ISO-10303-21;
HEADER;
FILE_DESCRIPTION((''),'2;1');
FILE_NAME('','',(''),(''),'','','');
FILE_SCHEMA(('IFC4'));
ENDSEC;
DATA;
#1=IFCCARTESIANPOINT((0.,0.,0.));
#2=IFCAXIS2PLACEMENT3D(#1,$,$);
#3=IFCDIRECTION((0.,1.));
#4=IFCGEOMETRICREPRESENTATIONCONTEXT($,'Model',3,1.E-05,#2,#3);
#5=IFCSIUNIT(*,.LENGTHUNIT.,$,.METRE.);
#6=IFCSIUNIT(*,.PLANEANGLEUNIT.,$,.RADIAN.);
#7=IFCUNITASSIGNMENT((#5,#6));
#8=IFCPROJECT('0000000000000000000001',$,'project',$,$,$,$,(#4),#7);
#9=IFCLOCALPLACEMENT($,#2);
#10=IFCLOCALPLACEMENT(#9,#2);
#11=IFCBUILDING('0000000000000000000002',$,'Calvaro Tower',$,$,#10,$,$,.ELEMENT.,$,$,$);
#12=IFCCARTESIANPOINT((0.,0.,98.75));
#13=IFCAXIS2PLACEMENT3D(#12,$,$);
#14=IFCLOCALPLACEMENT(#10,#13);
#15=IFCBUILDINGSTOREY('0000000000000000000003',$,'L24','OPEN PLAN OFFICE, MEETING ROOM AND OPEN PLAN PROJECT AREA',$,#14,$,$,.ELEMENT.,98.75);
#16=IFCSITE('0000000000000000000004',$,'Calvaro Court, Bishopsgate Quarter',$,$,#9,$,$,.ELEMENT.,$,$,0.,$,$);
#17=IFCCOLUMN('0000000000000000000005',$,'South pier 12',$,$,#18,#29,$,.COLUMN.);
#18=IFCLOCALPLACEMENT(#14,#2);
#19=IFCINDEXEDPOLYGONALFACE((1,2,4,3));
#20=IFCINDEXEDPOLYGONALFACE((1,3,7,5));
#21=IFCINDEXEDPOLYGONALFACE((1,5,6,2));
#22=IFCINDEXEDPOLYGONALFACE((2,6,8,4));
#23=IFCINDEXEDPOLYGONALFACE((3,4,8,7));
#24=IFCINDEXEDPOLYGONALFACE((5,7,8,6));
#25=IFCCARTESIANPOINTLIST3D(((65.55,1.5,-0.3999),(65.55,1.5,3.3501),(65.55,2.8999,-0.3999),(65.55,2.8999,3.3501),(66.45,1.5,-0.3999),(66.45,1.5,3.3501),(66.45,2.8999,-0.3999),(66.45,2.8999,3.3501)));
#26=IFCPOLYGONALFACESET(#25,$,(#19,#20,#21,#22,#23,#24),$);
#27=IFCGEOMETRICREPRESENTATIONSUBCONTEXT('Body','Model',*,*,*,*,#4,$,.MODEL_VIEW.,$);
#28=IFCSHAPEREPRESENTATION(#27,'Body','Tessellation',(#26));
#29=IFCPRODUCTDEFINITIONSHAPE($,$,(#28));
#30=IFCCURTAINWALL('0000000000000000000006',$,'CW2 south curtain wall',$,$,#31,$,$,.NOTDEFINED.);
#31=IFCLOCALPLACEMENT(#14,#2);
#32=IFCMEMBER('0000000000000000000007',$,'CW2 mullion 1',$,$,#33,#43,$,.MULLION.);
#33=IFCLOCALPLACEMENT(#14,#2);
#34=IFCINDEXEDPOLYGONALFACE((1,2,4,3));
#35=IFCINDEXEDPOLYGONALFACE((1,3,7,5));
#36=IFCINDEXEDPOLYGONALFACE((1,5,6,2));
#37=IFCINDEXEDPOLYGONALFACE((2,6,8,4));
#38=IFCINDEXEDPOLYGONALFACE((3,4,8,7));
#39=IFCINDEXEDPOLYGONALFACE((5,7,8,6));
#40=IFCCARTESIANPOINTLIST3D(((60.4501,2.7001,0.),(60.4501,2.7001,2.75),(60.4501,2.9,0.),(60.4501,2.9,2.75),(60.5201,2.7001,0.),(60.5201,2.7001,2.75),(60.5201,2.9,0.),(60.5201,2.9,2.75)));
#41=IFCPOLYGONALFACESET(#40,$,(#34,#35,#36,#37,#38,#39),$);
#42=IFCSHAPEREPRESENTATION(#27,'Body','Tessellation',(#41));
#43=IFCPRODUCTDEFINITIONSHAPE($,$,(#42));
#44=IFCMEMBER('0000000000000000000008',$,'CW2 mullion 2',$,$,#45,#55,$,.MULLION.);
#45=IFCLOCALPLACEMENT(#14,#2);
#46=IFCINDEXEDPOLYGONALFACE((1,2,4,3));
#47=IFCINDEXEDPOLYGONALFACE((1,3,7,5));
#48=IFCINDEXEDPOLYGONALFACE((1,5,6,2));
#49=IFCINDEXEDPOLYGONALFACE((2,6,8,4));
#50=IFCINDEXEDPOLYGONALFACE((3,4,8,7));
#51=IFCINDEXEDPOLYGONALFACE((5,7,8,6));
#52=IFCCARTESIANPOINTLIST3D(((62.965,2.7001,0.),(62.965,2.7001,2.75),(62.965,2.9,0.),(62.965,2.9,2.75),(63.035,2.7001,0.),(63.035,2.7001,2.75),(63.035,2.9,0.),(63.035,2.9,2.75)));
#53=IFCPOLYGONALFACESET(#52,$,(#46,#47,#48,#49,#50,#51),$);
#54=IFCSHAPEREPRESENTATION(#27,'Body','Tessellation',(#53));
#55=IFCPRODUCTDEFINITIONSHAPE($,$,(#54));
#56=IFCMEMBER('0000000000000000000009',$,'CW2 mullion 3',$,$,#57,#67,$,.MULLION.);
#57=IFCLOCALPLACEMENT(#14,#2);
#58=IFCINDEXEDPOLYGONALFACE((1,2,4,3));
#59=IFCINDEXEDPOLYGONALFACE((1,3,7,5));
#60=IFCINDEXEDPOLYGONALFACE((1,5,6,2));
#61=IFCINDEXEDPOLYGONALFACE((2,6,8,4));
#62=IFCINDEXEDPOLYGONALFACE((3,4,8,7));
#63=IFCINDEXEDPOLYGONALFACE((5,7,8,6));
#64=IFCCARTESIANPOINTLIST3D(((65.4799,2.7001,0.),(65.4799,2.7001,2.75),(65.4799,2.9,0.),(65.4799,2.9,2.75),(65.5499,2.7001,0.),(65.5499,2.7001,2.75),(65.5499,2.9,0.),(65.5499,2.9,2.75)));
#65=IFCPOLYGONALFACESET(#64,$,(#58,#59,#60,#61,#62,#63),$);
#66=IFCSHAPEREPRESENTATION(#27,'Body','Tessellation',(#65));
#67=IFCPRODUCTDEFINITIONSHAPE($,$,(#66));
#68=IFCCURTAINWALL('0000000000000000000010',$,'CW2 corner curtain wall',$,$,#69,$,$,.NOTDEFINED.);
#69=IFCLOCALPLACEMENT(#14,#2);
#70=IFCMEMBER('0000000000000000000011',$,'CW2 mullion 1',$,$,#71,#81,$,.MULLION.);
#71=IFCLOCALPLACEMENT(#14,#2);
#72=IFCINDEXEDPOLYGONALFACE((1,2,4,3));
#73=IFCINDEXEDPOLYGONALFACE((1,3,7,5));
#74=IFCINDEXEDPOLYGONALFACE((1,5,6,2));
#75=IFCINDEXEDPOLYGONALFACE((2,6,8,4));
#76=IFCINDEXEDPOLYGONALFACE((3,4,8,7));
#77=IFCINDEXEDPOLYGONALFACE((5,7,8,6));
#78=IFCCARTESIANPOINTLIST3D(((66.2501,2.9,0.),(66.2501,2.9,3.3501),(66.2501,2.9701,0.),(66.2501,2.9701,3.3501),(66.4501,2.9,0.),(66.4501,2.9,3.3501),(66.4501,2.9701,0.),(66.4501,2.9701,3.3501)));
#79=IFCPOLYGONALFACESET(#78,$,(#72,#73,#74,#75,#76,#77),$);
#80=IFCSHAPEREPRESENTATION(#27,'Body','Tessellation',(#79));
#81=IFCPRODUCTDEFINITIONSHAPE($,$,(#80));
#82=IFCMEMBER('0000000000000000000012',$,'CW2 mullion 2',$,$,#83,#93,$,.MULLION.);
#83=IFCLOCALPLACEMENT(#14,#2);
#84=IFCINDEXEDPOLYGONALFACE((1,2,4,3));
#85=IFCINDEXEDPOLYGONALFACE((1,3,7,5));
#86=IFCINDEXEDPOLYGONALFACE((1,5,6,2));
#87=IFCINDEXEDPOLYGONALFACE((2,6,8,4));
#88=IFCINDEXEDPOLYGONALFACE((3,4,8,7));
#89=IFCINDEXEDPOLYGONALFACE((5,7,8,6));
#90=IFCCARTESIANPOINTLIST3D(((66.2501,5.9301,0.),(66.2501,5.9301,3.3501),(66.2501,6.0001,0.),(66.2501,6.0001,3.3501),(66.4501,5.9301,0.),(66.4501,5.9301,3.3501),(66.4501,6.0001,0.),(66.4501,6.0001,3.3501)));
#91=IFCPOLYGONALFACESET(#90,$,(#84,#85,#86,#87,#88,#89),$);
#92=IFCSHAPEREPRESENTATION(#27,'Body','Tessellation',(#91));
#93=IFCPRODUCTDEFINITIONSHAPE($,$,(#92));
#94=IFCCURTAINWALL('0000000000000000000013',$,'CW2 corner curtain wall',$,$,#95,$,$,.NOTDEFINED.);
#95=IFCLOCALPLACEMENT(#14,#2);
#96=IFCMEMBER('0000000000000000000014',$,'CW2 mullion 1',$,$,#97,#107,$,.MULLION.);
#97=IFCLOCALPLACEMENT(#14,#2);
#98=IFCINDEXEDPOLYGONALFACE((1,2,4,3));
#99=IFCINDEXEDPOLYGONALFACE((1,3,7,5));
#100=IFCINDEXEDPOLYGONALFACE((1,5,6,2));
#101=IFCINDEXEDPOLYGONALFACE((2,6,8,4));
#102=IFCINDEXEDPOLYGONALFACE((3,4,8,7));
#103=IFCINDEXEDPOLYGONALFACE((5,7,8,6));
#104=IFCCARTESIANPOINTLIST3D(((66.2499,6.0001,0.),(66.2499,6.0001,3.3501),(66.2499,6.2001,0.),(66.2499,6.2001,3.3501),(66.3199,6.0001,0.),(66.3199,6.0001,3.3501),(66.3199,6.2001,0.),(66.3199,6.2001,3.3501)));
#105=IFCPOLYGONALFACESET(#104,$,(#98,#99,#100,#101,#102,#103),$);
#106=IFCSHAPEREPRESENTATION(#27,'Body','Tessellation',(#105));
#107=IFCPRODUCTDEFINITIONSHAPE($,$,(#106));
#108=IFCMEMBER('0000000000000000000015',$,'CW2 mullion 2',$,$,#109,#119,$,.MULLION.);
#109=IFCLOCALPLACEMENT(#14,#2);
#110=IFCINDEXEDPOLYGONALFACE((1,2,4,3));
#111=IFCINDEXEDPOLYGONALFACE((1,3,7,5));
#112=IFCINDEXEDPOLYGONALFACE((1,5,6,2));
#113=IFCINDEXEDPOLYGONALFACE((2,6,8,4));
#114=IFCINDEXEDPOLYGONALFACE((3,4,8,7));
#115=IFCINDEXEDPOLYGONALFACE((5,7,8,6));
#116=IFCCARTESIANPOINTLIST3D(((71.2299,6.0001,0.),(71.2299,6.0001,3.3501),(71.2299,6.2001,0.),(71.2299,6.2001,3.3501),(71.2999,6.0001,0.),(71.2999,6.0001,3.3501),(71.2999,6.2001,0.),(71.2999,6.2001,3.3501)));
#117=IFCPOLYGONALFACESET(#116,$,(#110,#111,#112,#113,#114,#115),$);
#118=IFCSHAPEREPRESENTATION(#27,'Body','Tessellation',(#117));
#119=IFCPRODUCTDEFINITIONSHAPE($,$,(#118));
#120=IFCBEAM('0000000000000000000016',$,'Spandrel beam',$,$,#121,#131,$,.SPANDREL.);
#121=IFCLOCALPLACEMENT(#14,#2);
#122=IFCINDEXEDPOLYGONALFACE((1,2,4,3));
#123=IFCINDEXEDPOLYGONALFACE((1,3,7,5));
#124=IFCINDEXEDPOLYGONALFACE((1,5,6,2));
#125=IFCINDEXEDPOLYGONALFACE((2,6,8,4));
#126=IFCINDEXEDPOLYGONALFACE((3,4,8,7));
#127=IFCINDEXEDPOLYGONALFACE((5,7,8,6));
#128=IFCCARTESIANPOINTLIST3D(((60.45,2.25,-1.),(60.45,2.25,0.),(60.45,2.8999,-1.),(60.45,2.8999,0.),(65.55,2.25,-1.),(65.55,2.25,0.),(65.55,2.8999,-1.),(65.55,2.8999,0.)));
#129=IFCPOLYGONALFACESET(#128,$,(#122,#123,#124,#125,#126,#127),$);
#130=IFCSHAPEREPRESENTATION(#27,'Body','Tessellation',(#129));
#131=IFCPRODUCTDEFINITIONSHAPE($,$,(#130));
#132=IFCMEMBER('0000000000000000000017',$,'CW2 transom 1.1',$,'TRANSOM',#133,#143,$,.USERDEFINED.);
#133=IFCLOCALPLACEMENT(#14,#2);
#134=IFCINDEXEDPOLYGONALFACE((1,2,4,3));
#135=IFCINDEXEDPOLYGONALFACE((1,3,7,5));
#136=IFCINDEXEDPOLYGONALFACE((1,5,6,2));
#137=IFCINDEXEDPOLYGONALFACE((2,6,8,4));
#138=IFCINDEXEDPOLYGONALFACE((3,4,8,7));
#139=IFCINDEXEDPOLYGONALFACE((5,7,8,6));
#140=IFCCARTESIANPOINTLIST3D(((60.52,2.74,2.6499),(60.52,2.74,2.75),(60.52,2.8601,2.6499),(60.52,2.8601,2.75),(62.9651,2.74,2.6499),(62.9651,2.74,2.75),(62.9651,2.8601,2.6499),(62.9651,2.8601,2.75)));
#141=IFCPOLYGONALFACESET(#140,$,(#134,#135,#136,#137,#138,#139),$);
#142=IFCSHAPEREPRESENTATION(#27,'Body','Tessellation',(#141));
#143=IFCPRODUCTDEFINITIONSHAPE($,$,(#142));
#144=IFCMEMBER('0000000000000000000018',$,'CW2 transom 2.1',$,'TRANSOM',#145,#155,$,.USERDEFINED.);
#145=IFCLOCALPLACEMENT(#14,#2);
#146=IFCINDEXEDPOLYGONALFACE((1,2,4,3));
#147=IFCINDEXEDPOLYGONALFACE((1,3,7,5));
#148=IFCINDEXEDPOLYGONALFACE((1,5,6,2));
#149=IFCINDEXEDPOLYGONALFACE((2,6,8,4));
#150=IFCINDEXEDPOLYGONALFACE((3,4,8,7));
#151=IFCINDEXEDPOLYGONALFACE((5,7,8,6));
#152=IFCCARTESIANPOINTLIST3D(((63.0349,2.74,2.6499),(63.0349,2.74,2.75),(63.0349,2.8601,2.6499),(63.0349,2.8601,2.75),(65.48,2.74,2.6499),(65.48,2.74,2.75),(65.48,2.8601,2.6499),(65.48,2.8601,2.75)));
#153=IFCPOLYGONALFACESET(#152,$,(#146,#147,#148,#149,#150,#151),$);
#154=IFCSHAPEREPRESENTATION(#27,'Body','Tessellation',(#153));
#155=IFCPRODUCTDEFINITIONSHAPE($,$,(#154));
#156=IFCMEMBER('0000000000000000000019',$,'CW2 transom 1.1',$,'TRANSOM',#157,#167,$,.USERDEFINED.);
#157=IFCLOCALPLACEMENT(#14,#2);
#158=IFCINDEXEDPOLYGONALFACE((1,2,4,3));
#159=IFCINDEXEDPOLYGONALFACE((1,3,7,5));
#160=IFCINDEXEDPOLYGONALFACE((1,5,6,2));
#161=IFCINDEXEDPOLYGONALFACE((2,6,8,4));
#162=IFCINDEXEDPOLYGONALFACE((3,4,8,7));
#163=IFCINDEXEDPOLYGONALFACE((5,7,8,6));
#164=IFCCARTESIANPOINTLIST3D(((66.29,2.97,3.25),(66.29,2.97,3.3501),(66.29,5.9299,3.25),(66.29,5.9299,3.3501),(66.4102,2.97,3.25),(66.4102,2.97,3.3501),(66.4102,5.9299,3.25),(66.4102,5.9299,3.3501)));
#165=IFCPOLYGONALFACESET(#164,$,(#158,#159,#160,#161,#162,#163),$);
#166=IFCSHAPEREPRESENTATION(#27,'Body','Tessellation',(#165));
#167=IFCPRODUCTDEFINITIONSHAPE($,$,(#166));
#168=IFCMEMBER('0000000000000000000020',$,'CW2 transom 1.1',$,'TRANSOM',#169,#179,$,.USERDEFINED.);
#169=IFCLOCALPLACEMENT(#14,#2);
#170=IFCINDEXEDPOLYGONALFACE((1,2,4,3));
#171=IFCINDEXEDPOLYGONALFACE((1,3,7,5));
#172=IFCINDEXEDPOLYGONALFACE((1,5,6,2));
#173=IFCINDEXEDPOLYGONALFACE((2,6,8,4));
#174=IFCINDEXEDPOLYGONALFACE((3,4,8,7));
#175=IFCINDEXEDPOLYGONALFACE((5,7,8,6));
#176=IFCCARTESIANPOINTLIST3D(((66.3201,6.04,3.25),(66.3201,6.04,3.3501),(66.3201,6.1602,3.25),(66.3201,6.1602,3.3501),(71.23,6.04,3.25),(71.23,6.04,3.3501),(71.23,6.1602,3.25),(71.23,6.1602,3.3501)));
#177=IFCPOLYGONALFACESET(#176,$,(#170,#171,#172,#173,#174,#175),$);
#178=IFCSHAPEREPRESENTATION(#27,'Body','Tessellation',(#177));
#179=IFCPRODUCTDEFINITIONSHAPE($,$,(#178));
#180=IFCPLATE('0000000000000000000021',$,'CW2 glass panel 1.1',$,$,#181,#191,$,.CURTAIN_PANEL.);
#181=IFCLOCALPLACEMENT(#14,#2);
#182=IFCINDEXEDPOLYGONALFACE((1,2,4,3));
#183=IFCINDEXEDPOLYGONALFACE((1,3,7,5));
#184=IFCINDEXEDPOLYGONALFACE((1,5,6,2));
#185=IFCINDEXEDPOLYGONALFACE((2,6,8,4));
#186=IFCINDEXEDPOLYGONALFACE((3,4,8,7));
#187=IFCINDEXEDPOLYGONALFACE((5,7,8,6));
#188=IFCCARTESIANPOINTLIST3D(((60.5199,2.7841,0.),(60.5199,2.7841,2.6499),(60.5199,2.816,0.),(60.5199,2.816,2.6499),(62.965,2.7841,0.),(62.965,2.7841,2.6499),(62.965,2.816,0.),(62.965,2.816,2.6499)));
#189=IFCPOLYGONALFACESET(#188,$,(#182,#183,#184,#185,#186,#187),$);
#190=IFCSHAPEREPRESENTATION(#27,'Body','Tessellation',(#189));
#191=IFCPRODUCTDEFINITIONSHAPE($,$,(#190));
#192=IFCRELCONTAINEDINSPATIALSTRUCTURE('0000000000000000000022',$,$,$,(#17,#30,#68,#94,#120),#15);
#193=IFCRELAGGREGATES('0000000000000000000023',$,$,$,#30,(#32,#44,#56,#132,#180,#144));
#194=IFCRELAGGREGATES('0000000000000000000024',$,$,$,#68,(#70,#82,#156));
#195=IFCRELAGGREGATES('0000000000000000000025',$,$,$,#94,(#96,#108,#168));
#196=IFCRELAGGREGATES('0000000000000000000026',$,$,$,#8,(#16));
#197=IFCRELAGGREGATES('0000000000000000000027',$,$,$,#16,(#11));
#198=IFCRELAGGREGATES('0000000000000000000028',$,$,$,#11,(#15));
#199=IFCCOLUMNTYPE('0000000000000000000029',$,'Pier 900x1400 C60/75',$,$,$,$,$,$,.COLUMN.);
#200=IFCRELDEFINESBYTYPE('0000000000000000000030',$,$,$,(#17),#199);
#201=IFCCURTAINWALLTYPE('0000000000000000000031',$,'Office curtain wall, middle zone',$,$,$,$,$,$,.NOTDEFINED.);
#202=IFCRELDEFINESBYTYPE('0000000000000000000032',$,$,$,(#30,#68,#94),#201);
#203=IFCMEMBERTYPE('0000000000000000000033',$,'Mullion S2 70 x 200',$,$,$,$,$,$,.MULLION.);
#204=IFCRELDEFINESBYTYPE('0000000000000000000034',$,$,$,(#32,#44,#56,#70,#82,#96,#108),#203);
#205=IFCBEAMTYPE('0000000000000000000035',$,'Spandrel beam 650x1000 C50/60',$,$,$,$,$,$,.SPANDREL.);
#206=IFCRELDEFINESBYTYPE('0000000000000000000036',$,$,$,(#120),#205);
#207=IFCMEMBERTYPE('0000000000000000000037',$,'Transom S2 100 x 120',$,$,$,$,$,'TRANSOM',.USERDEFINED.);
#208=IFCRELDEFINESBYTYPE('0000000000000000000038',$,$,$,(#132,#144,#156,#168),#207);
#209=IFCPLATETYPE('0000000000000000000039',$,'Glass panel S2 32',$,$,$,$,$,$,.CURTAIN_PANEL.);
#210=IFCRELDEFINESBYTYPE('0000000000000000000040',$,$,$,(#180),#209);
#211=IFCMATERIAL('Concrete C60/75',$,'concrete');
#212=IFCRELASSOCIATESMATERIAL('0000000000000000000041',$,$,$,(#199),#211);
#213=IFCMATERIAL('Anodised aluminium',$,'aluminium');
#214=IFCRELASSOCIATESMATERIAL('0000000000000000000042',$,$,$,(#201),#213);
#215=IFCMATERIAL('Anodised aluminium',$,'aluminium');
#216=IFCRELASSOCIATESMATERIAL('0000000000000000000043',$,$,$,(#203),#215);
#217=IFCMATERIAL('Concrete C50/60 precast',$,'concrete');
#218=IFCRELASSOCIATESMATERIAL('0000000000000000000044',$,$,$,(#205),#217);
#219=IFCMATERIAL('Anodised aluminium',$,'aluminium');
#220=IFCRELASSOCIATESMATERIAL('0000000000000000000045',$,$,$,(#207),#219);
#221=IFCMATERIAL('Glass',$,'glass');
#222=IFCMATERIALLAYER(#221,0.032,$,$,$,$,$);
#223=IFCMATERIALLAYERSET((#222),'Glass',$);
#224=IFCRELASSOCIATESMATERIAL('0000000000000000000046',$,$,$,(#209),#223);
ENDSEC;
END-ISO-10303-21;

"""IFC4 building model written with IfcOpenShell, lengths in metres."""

from ifc_helpers import new_model, si_unit, direction, frame, origin, origin_2d, place, context, subcontext, project, spatial, rectangle, extrude, material, layer, layer_set, material_profile, profile_set, type_object, element, aggregate, save


model = new_model("IFC4")

# Units and contexts
model_context = context("Model", 3, precision=1e-05, world=origin(), true_north=direction((0.0, 1.0)))
body_context = subcontext(model_context, "Body", "Model", "MODEL_VIEW")
ifc_project = project(units=[si_unit("LENGTHUNIT", "METRE"), si_unit("PLANEANGLEUNIT", "RADIAN")], contexts=[model_context])

# Site, building, storey
site_placement = place(None, origin())
site = spatial("IfcSite", under=ifc_project, at=site_placement, Name="Calvaro Court, Bishopsgate Quarter", CompositionType="ELEMENT", RefElevation=0.0)
building_placement = place(site_placement, origin())
building = spatial("IfcBuilding", under=site, at=building_placement, Name="Calvaro Tower", CompositionType="ELEMENT")
storey_placement = place(building_placement, frame((0.0, 0.0, 98.75)))
storey = spatial("IfcBuildingStorey", under=building, at=storey_placement, Name="L24", Description="OPEN PLAN OFFICE, MEETING ROOM AND OPEN PLAN PROJECT AREA", CompositionType="ELEMENT", Elevation=98.75)

# Column
ifc_material_1 = material(Name="Concrete C60/75", Category="concrete")
ifc_material_profile_1 = material_profile(ifc_material_1, rectangle(XDim=0.8999, YDim=1.3999, at=origin_2d()), Name="RC 900x1400")
ifc_profile_set_1 = profile_set([ifc_material_profile_1], Name="Concrete C60/75")
column_type = type_object("IfcColumnType", Name="Pier 900x1400 C60/75", PredefinedType="COLUMN", material=ifc_profile_set_1)
column_placement = place(storey_placement, frame((66.0, 2.2, -0.3999), z_axis=(0.0, 0.0, 1.0), x_axis=(1.0, 0.0, 0.0)))
element("IfcColumn", 1, at=column_placement, inside=storey, type_object=column_type, Name="South pier 12", PredefinedType="COLUMN", context=body_context, shape_type="SweptSolid", body=[
    extrude(rectangle(XDim=0.8999, YDim=1.3999, at=origin_2d()), origin(), (0.0, 0.0, 1.0), 3.75),
])

# Curtain walls, members
ifc_material_2 = material(Name="Anodised aluminium", Category="aluminium")
curtain_wall_type = type_object("IfcCurtainWallType", Name="Office curtain wall, middle zone", PredefinedType="NOTDEFINED", material=ifc_material_2)
curtain_wall_1_placement = place(storey_placement, origin())
curtain_wall_1 = element("IfcCurtainWall", 2, at=curtain_wall_1_placement, inside=storey, type_object=curtain_wall_type, Name="CW2 south curtain wall", PredefinedType="NOTDEFINED")
ifc_material_3 = material(Name="Anodised aluminium", Category="aluminium")
ifc_material_profile_2 = material_profile(ifc_material_3, rectangle(XDim=0.2, YDim=0.0701, at=origin_2d()), Name="Mullion S2 70 x 200")
ifc_profile_set_2 = profile_set([ifc_material_profile_2], Name="Anodised aluminium")
member_type_1 = type_object("IfcMemberType", Name="Mullion S2 70 x 200", PredefinedType="MULLION", material=ifc_profile_set_2)
member_1_placement = place(storey_placement, frame((60.4851, 2.8, 0.0), z_axis=(0.0, 0.0, 1.0), x_axis=(0.0, 1.0, 0.0)))
member_1 = element("IfcMember", 3, at=member_1_placement, type_object=member_type_1, Name="CW2 mullion 1", PredefinedType="MULLION", context=body_context, shape_type="SweptSolid", body=[
    extrude(rectangle(XDim=0.2, YDim=0.0701, at=origin_2d()), origin(), (0.0, 0.0, 1.0), 2.75),
])
member_2_placement = place(storey_placement, frame((63.0, 2.8, 0.0), z_axis=(0.0, 0.0, 1.0), x_axis=(0.0, 1.0, 0.0)))
member_2 = element("IfcMember", 4, at=member_2_placement, type_object=member_type_1, Name="CW2 mullion 2", PredefinedType="MULLION", context=body_context, shape_type="SweptSolid", body=[
    extrude(rectangle(XDim=0.2, YDim=0.0701, at=origin_2d()), origin(), (0.0, 0.0, 1.0), 2.75),
])
member_3_placement = place(storey_placement, frame((65.5149, 2.8, 0.0), z_axis=(0.0, 0.0, 1.0), x_axis=(0.0, 1.0, 0.0)))
member_3 = element("IfcMember", 5, at=member_3_placement, type_object=member_type_1, Name="CW2 mullion 3", PredefinedType="MULLION", context=body_context, shape_type="SweptSolid", body=[
    extrude(rectangle(XDim=0.2, YDim=0.0701, at=origin_2d()), origin(), (0.0, 0.0, 1.0), 2.75),
])
curtain_wall_2_placement = place(storey_placement, origin())
curtain_wall_2 = element("IfcCurtainWall", 6, at=curtain_wall_2_placement, inside=storey, type_object=curtain_wall_type, Name="CW2 corner curtain wall", PredefinedType="NOTDEFINED")
member_4_placement = place(storey_placement, frame((66.3501, 2.9351, 0.0), z_axis=(0.0, 0.0, 1.0), x_axis=(-1.0, 0.0, 0.0)))
member_4 = element("IfcMember", 7, at=member_4_placement, type_object=member_type_1, Name="CW2 mullion 1", PredefinedType="MULLION", context=body_context, shape_type="SweptSolid", body=[
    extrude(rectangle(XDim=0.2, YDim=0.0701, at=origin_2d()), origin(), (0.0, 0.0, 1.0), 3.3501),
])
member_5_placement = place(storey_placement, frame((66.3501, 5.9651, 0.0), z_axis=(0.0, 0.0, 1.0), x_axis=(-1.0, 0.0, 0.0)))
member_5 = element("IfcMember", 8, at=member_5_placement, type_object=member_type_1, Name="CW2 mullion 2", PredefinedType="MULLION", context=body_context, shape_type="SweptSolid", body=[
    extrude(rectangle(XDim=0.2, YDim=0.0701, at=origin_2d()), origin(), (0.0, 0.0, 1.0), 3.3501),
])
curtain_wall_3_placement = place(storey_placement, origin())
curtain_wall_3 = element("IfcCurtainWall", 9, at=curtain_wall_3_placement, inside=storey, type_object=curtain_wall_type, Name="CW2 corner curtain wall", PredefinedType="NOTDEFINED")
member_6_placement = place(storey_placement, frame((66.2849, 6.1001, 0.0), z_axis=(0.0, 0.0, 1.0), x_axis=(0.0, 1.0, 0.0)))
member_6 = element("IfcMember", 10, at=member_6_placement, type_object=member_type_1, Name="CW2 mullion 1", PredefinedType="MULLION", context=body_context, shape_type="SweptSolid", body=[
    extrude(rectangle(XDim=0.2, YDim=0.0701, at=origin_2d()), origin(), (0.0, 0.0, 1.0), 3.3501),
])
member_7_placement = place(storey_placement, frame((71.2649, 6.1001, 0.0), z_axis=(0.0, 0.0, 1.0), x_axis=(0.0, 1.0, 0.0)))
member_7 = element("IfcMember", 11, at=member_7_placement, type_object=member_type_1, Name="CW2 mullion 2", PredefinedType="MULLION", context=body_context, shape_type="SweptSolid", body=[
    extrude(rectangle(XDim=0.2, YDim=0.0701, at=origin_2d()), origin(), (0.0, 0.0, 1.0), 3.3501),
])

# Beam
ifc_material_4 = material(Name="Concrete C50/60 precast", Category="concrete")
ifc_material_profile_3 = material_profile(ifc_material_4, rectangle(XDim=0.6499, YDim=1.0, at=origin_2d()), Name="RC 650x1000")
ifc_profile_set_3 = profile_set([ifc_material_profile_3], Name="Concrete C50/60 precast")
beam_type = type_object("IfcBeamType", Name="Spandrel beam 650x1000 C50/60", PredefinedType="SPANDREL", material=ifc_profile_set_3)
beam_placement = place(storey_placement, frame((60.45, 2.575, -0.5), z_axis=(1.0, 0.0, 0.0), x_axis=(0.0, 1.0, 0.0)))
element("IfcBeam", 12, at=beam_placement, inside=storey, type_object=beam_type, Name="Spandrel beam", PredefinedType="SPANDREL", context=body_context, shape_type="SweptSolid", body=[
    extrude(rectangle(XDim=0.6499, YDim=1.0, at=origin_2d()), origin(), (0.0, 0.0, 1.0), 5.1001),
])

# Members
ifc_material_5 = material(Name="Anodised aluminium", Category="aluminium")
ifc_material_profile_4 = material_profile(ifc_material_5, rectangle(XDim=0.1201, YDim=0.1001, at=origin_2d()), Name="Transom S2 100 x 120")
ifc_profile_set_4 = profile_set([ifc_material_profile_4], Name="Anodised aluminium")
member_type_2 = type_object("IfcMemberType", Name="Transom S2 100 x 120", ElementType="TRANSOM", PredefinedType="USERDEFINED", material=ifc_profile_set_4)
member_8_placement = place(storey_placement, frame((60.52, 2.8, 2.7), z_axis=(1.0, 0.0, 0.0), x_axis=(0.0, 1.0, 0.0)))
member_8 = element("IfcMember", 13, at=member_8_placement, type_object=member_type_2, Name="CW2 transom 1.1", ObjectType="TRANSOM", PredefinedType="USERDEFINED", context=body_context, shape_type="SweptSolid", body=[
    extrude(rectangle(XDim=0.1201, YDim=0.1001, at=origin_2d()), origin(), (0.0, 0.0, 1.0), 2.4451),
])
member_9_placement = place(storey_placement, frame((63.0349, 2.8, 2.7), z_axis=(1.0, 0.0, 0.0), x_axis=(0.0, 1.0, 0.0)))
member_9 = element("IfcMember", 14, at=member_9_placement, type_object=member_type_2, Name="CW2 transom 2.1", ObjectType="TRANSOM", PredefinedType="USERDEFINED", context=body_context, shape_type="SweptSolid", body=[
    extrude(rectangle(XDim=0.1201, YDim=0.1001, at=origin_2d()), origin(), (0.0, 0.0, 1.0), 2.4451),
])
member_10_placement = place(storey_placement, frame((66.3501, 2.97, 3.3), z_axis=(0.0, 1.0, 0.0), x_axis=(-1.0, 0.0, 0.0)))
member_10 = element("IfcMember", 15, at=member_10_placement, type_object=member_type_2, Name="CW2 transom 1.1", ObjectType="TRANSOM", PredefinedType="USERDEFINED", context=body_context, shape_type="SweptSolid", body=[
    extrude(rectangle(XDim=0.1201, YDim=0.1001, at=origin_2d()), origin(), (0.0, 0.0, 1.0), 2.96),
])
member_11_placement = place(storey_placement, frame((66.3201, 6.1001, 3.3), z_axis=(1.0, 0.0, 0.0), x_axis=(0.0, 1.0, 0.0)))
member_11 = element("IfcMember", 16, at=member_11_placement, type_object=member_type_2, Name="CW2 transom 1.1", ObjectType="TRANSOM", PredefinedType="USERDEFINED", context=body_context, shape_type="SweptSolid", body=[
    extrude(rectangle(XDim=0.1201, YDim=0.1001, at=origin_2d()), origin(), (0.0, 0.0, 1.0), 4.9099),
])

# Plate
ifc_material_6 = material(Name="Glass", Category="glass")
ifc_layer_1 = layer(ifc_material_6, 0.032)
ifc_layer_set_1 = layer_set([ifc_layer_1], Name="Glass")
plate_type = type_object("IfcPlateType", Name="Glass panel S2 32", PredefinedType="CURTAIN_PANEL", material=ifc_layer_set_1)
plate_1_placement = place(storey_placement, frame((61.7424, 2.8, 0.0), z_axis=(0.0, 0.0, 1.0), x_axis=(1.0, 0.0, 0.0)))
plate_1 = element("IfcPlate", 17, at=plate_1_placement, type_object=plate_type, Name="CW2 glass panel 1.1", PredefinedType="CURTAIN_PANEL", context=body_context, shape_type="SweptSolid", body=[
    extrude(rectangle(XDim=2.4451, YDim=0.032, at=origin_2d()), origin(), (0.0, 0.0, 1.0), 2.6499),
])
aggregate(curtain_wall_1, [member_1, member_2, member_3, member_8, plate_1, member_9])
aggregate(curtain_wall_2, [member_4, member_5, member_10])
aggregate(curtain_wall_3, [member_6, member_7, member_11])

save(model, "model.ifc")
